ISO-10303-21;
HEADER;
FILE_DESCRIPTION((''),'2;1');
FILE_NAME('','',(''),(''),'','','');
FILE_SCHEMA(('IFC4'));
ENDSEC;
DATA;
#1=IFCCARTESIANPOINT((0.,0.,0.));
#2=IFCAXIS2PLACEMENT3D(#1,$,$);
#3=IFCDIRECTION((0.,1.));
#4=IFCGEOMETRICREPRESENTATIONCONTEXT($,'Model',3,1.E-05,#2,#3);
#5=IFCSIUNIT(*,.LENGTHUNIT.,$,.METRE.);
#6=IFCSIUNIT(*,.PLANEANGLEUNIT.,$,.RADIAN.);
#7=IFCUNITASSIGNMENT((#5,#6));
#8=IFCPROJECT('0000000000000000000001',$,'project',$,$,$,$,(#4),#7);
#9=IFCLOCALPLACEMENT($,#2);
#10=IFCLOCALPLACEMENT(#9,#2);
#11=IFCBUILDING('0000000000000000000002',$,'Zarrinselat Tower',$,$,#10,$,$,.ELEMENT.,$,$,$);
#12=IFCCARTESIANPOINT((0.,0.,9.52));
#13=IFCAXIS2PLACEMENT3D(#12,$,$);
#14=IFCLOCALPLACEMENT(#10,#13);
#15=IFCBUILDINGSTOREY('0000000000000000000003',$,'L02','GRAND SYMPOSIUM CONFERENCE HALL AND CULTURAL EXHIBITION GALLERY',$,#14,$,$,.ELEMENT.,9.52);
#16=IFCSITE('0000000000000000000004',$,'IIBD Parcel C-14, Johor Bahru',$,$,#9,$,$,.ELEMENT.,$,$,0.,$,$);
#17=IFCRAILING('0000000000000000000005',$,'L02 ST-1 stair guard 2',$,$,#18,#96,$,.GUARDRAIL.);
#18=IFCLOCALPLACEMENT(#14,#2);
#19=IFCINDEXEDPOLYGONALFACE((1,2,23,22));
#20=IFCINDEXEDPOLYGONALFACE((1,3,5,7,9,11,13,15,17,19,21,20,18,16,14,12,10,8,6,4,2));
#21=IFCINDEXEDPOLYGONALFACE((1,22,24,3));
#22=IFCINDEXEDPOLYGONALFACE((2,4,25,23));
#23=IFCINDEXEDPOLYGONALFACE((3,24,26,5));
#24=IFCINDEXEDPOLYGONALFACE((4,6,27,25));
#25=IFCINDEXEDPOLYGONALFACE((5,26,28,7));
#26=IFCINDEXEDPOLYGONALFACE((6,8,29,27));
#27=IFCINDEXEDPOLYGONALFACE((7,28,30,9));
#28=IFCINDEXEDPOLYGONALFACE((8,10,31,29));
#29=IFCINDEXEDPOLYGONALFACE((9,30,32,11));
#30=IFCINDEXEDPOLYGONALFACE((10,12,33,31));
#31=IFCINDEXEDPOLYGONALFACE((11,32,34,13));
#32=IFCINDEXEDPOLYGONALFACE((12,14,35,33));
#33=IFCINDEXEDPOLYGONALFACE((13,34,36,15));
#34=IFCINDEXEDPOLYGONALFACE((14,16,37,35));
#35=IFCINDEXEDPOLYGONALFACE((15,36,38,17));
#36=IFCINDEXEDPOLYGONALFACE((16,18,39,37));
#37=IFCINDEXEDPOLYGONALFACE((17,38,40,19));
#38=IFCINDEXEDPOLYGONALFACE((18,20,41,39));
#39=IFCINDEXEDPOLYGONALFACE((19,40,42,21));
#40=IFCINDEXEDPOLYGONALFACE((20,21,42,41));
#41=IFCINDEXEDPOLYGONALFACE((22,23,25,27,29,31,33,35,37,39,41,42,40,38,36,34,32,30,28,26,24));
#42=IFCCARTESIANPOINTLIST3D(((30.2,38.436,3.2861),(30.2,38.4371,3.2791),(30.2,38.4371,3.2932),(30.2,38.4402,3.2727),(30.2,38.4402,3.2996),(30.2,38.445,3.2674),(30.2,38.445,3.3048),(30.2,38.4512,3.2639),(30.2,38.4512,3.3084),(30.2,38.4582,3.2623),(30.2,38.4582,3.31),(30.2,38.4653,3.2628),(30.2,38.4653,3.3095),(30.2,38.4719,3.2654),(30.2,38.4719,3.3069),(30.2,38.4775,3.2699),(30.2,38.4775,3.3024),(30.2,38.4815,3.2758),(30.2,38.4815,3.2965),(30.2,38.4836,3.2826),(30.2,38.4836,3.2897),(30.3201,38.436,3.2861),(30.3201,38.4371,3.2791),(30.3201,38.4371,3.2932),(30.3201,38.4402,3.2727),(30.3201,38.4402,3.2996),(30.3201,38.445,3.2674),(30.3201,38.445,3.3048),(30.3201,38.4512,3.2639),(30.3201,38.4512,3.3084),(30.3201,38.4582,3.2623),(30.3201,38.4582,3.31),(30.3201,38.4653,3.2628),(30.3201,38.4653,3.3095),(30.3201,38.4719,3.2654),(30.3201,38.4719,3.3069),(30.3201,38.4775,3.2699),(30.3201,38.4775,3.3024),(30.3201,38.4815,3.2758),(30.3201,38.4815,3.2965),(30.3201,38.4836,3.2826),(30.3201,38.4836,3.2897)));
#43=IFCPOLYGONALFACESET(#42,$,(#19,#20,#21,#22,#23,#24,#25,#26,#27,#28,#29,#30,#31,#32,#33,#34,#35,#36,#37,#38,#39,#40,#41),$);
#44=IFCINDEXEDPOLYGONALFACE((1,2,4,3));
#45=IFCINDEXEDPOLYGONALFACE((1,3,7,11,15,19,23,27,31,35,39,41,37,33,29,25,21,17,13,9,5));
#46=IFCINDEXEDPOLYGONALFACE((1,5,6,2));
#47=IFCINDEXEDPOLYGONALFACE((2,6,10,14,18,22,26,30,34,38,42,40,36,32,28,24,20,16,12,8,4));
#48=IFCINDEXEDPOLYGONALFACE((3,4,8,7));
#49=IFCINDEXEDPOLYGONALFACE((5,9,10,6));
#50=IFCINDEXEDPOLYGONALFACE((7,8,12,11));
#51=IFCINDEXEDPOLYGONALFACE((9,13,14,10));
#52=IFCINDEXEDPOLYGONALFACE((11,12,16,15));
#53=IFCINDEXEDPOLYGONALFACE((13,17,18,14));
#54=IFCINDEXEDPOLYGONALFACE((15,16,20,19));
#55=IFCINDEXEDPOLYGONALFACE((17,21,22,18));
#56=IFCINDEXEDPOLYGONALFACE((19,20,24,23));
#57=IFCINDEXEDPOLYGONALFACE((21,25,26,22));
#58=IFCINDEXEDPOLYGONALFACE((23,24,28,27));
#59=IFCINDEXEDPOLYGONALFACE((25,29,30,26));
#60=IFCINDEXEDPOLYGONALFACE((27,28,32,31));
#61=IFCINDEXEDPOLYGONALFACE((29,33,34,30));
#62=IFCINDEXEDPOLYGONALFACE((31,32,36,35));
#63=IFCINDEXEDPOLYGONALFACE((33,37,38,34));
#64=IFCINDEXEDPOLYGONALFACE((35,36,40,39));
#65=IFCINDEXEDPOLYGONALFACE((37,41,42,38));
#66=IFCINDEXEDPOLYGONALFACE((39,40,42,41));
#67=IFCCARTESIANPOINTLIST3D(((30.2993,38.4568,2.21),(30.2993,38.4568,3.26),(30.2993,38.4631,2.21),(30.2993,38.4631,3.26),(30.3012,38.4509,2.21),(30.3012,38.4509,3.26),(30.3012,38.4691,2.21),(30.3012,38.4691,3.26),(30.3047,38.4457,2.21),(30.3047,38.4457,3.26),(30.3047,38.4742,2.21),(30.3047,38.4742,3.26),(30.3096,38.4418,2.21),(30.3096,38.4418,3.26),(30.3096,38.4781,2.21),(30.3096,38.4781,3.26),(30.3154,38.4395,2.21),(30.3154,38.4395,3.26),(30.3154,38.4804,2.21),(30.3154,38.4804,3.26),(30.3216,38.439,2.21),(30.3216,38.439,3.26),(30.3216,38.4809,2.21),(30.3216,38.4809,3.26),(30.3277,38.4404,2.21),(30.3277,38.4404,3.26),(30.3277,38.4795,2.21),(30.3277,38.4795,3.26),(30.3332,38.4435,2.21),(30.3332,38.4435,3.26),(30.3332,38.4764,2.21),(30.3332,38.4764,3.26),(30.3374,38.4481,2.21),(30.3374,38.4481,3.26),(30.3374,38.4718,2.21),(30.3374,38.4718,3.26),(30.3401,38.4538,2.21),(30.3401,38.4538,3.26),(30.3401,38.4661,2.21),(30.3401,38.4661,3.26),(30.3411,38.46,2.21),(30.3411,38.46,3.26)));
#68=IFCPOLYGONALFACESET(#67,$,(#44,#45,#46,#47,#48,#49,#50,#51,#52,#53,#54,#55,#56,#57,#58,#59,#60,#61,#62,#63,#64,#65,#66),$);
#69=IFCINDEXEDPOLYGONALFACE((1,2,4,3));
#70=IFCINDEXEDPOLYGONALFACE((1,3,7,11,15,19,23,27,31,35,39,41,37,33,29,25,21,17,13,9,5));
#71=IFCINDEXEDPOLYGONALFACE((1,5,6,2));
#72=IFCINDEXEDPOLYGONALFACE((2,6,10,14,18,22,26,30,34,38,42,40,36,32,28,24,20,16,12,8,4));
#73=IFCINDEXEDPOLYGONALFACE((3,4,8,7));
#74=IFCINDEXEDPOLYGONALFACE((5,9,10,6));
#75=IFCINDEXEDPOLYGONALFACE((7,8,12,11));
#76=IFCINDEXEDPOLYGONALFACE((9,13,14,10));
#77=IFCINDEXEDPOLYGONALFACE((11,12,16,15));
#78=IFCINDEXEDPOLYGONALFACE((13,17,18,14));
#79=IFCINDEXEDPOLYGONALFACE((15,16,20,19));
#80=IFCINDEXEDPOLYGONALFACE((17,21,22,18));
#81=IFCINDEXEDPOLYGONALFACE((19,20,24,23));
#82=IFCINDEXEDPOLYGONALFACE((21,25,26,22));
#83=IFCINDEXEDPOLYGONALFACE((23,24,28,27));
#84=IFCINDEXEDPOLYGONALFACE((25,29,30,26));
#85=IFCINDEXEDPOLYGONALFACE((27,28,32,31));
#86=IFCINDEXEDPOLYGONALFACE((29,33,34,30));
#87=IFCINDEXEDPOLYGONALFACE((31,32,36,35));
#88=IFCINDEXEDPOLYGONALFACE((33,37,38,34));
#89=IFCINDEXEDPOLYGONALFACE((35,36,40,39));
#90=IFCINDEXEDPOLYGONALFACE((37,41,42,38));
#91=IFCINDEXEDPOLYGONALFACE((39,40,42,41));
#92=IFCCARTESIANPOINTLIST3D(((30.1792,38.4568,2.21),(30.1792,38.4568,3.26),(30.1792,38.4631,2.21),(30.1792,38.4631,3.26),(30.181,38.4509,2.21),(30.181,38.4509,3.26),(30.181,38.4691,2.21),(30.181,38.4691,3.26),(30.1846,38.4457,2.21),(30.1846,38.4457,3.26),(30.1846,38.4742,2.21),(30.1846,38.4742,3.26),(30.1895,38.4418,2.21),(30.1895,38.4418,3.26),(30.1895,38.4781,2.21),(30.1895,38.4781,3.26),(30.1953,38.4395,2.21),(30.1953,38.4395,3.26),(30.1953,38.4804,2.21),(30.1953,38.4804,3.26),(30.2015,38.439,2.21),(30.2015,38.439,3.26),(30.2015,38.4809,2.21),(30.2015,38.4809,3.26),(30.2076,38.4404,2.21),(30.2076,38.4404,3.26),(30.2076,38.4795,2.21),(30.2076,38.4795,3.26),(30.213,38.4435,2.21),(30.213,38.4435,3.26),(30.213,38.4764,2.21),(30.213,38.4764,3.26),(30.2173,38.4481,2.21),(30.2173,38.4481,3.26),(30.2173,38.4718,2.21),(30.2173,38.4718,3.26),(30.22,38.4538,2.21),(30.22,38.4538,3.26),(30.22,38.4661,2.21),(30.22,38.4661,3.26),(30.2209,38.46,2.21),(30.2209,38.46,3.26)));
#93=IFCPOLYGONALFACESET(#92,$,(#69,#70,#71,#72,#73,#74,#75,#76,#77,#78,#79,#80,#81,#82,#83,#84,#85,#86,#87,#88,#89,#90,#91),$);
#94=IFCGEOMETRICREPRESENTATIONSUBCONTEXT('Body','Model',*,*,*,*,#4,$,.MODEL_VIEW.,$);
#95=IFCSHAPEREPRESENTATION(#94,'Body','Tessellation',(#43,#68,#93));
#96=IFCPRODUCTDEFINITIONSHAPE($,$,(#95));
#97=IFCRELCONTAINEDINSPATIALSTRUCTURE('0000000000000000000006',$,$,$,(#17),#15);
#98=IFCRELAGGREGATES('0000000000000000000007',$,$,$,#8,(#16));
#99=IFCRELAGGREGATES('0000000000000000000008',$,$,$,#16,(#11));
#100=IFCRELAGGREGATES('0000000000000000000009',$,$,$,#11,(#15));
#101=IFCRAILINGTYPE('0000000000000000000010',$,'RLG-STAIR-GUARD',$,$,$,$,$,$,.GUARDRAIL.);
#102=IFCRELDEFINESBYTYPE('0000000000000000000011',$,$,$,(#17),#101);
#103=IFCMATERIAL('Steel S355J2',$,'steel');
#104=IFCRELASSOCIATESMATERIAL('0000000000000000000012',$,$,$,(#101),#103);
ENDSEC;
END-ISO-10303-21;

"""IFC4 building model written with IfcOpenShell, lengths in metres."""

from ifc_helpers import new_model, si_unit, direction, frame, origin, origin_2d, place, context, subcontext, project, spatial, circle, extrude, material, type_object, element, save


model = new_model("IFC4")

# Units and contexts
model_context = context("Model", 3, precision=1e-05, world=origin(), true_north=direction((0.0, 1.0)))
body_context = subcontext(model_context, "Body", "Model", "MODEL_VIEW")
ifc_project = project(units=[si_unit("LENGTHUNIT", "METRE"), si_unit("PLANEANGLEUNIT", "RADIAN")], contexts=[model_context])

# Site, building, storey
site_placement = place(None, origin())
site = spatial("IfcSite", under=ifc_project, at=site_placement, Name="IIBD Parcel C-14, Johor Bahru", CompositionType="ELEMENT", RefElevation=0.0)
building_placement = place(site_placement, origin())
building = spatial("IfcBuilding", under=site, at=building_placement, Name="Zarrinselat Tower", CompositionType="ELEMENT")
storey_placement = place(building_placement, frame((0.0, 0.0, 9.52)))
storey = spatial("IfcBuildingStorey", under=building, at=storey_placement, Name="L02", Description="GRAND SYMPOSIUM CONFERENCE HALL AND CULTURAL EXHIBITION GALLERY", CompositionType="ELEMENT", Elevation=9.52)

# Railing
ifc_material_1 = material(Name="Steel S355J2", Category="steel")
railing_type_1 = type_object("IfcRailingType", Name="RLG-STAIR-GUARD", PredefinedType="GUARDRAIL", material=ifc_material_1)
railing_1_placement = place(storey_placement, frame((30.3201, 38.46, 2.21)))
element("IfcRailing", 1, at=railing_1_placement, inside=storey, type_object=railing_type_1, Name="L02 ST-1 stair guard 2", PredefinedType="GUARDRAIL", context=body_context, shape_type="SweptSolid", body=[
    extrude(circle(Radius=0.0239, at=origin_2d()), frame((0.0, 0.0, 1.0762), z_axis=(-1.0, 0.0, 0.0), x_axis=(0.0, -1.0, 0.0)), (0.0, 0.0, 1.0), 0.1201),
    extrude(circle(Radius=0.021, at=origin_2d()), origin(), (0.0, 0.0, 1.0), 1.05),
    extrude(circle(Radius=0.021, at=origin_2d()), frame((-0.1201, 0.0, 0.0)), (0.0, 0.0, 1.0), 1.05),
])

save(model, "model.ifc")
